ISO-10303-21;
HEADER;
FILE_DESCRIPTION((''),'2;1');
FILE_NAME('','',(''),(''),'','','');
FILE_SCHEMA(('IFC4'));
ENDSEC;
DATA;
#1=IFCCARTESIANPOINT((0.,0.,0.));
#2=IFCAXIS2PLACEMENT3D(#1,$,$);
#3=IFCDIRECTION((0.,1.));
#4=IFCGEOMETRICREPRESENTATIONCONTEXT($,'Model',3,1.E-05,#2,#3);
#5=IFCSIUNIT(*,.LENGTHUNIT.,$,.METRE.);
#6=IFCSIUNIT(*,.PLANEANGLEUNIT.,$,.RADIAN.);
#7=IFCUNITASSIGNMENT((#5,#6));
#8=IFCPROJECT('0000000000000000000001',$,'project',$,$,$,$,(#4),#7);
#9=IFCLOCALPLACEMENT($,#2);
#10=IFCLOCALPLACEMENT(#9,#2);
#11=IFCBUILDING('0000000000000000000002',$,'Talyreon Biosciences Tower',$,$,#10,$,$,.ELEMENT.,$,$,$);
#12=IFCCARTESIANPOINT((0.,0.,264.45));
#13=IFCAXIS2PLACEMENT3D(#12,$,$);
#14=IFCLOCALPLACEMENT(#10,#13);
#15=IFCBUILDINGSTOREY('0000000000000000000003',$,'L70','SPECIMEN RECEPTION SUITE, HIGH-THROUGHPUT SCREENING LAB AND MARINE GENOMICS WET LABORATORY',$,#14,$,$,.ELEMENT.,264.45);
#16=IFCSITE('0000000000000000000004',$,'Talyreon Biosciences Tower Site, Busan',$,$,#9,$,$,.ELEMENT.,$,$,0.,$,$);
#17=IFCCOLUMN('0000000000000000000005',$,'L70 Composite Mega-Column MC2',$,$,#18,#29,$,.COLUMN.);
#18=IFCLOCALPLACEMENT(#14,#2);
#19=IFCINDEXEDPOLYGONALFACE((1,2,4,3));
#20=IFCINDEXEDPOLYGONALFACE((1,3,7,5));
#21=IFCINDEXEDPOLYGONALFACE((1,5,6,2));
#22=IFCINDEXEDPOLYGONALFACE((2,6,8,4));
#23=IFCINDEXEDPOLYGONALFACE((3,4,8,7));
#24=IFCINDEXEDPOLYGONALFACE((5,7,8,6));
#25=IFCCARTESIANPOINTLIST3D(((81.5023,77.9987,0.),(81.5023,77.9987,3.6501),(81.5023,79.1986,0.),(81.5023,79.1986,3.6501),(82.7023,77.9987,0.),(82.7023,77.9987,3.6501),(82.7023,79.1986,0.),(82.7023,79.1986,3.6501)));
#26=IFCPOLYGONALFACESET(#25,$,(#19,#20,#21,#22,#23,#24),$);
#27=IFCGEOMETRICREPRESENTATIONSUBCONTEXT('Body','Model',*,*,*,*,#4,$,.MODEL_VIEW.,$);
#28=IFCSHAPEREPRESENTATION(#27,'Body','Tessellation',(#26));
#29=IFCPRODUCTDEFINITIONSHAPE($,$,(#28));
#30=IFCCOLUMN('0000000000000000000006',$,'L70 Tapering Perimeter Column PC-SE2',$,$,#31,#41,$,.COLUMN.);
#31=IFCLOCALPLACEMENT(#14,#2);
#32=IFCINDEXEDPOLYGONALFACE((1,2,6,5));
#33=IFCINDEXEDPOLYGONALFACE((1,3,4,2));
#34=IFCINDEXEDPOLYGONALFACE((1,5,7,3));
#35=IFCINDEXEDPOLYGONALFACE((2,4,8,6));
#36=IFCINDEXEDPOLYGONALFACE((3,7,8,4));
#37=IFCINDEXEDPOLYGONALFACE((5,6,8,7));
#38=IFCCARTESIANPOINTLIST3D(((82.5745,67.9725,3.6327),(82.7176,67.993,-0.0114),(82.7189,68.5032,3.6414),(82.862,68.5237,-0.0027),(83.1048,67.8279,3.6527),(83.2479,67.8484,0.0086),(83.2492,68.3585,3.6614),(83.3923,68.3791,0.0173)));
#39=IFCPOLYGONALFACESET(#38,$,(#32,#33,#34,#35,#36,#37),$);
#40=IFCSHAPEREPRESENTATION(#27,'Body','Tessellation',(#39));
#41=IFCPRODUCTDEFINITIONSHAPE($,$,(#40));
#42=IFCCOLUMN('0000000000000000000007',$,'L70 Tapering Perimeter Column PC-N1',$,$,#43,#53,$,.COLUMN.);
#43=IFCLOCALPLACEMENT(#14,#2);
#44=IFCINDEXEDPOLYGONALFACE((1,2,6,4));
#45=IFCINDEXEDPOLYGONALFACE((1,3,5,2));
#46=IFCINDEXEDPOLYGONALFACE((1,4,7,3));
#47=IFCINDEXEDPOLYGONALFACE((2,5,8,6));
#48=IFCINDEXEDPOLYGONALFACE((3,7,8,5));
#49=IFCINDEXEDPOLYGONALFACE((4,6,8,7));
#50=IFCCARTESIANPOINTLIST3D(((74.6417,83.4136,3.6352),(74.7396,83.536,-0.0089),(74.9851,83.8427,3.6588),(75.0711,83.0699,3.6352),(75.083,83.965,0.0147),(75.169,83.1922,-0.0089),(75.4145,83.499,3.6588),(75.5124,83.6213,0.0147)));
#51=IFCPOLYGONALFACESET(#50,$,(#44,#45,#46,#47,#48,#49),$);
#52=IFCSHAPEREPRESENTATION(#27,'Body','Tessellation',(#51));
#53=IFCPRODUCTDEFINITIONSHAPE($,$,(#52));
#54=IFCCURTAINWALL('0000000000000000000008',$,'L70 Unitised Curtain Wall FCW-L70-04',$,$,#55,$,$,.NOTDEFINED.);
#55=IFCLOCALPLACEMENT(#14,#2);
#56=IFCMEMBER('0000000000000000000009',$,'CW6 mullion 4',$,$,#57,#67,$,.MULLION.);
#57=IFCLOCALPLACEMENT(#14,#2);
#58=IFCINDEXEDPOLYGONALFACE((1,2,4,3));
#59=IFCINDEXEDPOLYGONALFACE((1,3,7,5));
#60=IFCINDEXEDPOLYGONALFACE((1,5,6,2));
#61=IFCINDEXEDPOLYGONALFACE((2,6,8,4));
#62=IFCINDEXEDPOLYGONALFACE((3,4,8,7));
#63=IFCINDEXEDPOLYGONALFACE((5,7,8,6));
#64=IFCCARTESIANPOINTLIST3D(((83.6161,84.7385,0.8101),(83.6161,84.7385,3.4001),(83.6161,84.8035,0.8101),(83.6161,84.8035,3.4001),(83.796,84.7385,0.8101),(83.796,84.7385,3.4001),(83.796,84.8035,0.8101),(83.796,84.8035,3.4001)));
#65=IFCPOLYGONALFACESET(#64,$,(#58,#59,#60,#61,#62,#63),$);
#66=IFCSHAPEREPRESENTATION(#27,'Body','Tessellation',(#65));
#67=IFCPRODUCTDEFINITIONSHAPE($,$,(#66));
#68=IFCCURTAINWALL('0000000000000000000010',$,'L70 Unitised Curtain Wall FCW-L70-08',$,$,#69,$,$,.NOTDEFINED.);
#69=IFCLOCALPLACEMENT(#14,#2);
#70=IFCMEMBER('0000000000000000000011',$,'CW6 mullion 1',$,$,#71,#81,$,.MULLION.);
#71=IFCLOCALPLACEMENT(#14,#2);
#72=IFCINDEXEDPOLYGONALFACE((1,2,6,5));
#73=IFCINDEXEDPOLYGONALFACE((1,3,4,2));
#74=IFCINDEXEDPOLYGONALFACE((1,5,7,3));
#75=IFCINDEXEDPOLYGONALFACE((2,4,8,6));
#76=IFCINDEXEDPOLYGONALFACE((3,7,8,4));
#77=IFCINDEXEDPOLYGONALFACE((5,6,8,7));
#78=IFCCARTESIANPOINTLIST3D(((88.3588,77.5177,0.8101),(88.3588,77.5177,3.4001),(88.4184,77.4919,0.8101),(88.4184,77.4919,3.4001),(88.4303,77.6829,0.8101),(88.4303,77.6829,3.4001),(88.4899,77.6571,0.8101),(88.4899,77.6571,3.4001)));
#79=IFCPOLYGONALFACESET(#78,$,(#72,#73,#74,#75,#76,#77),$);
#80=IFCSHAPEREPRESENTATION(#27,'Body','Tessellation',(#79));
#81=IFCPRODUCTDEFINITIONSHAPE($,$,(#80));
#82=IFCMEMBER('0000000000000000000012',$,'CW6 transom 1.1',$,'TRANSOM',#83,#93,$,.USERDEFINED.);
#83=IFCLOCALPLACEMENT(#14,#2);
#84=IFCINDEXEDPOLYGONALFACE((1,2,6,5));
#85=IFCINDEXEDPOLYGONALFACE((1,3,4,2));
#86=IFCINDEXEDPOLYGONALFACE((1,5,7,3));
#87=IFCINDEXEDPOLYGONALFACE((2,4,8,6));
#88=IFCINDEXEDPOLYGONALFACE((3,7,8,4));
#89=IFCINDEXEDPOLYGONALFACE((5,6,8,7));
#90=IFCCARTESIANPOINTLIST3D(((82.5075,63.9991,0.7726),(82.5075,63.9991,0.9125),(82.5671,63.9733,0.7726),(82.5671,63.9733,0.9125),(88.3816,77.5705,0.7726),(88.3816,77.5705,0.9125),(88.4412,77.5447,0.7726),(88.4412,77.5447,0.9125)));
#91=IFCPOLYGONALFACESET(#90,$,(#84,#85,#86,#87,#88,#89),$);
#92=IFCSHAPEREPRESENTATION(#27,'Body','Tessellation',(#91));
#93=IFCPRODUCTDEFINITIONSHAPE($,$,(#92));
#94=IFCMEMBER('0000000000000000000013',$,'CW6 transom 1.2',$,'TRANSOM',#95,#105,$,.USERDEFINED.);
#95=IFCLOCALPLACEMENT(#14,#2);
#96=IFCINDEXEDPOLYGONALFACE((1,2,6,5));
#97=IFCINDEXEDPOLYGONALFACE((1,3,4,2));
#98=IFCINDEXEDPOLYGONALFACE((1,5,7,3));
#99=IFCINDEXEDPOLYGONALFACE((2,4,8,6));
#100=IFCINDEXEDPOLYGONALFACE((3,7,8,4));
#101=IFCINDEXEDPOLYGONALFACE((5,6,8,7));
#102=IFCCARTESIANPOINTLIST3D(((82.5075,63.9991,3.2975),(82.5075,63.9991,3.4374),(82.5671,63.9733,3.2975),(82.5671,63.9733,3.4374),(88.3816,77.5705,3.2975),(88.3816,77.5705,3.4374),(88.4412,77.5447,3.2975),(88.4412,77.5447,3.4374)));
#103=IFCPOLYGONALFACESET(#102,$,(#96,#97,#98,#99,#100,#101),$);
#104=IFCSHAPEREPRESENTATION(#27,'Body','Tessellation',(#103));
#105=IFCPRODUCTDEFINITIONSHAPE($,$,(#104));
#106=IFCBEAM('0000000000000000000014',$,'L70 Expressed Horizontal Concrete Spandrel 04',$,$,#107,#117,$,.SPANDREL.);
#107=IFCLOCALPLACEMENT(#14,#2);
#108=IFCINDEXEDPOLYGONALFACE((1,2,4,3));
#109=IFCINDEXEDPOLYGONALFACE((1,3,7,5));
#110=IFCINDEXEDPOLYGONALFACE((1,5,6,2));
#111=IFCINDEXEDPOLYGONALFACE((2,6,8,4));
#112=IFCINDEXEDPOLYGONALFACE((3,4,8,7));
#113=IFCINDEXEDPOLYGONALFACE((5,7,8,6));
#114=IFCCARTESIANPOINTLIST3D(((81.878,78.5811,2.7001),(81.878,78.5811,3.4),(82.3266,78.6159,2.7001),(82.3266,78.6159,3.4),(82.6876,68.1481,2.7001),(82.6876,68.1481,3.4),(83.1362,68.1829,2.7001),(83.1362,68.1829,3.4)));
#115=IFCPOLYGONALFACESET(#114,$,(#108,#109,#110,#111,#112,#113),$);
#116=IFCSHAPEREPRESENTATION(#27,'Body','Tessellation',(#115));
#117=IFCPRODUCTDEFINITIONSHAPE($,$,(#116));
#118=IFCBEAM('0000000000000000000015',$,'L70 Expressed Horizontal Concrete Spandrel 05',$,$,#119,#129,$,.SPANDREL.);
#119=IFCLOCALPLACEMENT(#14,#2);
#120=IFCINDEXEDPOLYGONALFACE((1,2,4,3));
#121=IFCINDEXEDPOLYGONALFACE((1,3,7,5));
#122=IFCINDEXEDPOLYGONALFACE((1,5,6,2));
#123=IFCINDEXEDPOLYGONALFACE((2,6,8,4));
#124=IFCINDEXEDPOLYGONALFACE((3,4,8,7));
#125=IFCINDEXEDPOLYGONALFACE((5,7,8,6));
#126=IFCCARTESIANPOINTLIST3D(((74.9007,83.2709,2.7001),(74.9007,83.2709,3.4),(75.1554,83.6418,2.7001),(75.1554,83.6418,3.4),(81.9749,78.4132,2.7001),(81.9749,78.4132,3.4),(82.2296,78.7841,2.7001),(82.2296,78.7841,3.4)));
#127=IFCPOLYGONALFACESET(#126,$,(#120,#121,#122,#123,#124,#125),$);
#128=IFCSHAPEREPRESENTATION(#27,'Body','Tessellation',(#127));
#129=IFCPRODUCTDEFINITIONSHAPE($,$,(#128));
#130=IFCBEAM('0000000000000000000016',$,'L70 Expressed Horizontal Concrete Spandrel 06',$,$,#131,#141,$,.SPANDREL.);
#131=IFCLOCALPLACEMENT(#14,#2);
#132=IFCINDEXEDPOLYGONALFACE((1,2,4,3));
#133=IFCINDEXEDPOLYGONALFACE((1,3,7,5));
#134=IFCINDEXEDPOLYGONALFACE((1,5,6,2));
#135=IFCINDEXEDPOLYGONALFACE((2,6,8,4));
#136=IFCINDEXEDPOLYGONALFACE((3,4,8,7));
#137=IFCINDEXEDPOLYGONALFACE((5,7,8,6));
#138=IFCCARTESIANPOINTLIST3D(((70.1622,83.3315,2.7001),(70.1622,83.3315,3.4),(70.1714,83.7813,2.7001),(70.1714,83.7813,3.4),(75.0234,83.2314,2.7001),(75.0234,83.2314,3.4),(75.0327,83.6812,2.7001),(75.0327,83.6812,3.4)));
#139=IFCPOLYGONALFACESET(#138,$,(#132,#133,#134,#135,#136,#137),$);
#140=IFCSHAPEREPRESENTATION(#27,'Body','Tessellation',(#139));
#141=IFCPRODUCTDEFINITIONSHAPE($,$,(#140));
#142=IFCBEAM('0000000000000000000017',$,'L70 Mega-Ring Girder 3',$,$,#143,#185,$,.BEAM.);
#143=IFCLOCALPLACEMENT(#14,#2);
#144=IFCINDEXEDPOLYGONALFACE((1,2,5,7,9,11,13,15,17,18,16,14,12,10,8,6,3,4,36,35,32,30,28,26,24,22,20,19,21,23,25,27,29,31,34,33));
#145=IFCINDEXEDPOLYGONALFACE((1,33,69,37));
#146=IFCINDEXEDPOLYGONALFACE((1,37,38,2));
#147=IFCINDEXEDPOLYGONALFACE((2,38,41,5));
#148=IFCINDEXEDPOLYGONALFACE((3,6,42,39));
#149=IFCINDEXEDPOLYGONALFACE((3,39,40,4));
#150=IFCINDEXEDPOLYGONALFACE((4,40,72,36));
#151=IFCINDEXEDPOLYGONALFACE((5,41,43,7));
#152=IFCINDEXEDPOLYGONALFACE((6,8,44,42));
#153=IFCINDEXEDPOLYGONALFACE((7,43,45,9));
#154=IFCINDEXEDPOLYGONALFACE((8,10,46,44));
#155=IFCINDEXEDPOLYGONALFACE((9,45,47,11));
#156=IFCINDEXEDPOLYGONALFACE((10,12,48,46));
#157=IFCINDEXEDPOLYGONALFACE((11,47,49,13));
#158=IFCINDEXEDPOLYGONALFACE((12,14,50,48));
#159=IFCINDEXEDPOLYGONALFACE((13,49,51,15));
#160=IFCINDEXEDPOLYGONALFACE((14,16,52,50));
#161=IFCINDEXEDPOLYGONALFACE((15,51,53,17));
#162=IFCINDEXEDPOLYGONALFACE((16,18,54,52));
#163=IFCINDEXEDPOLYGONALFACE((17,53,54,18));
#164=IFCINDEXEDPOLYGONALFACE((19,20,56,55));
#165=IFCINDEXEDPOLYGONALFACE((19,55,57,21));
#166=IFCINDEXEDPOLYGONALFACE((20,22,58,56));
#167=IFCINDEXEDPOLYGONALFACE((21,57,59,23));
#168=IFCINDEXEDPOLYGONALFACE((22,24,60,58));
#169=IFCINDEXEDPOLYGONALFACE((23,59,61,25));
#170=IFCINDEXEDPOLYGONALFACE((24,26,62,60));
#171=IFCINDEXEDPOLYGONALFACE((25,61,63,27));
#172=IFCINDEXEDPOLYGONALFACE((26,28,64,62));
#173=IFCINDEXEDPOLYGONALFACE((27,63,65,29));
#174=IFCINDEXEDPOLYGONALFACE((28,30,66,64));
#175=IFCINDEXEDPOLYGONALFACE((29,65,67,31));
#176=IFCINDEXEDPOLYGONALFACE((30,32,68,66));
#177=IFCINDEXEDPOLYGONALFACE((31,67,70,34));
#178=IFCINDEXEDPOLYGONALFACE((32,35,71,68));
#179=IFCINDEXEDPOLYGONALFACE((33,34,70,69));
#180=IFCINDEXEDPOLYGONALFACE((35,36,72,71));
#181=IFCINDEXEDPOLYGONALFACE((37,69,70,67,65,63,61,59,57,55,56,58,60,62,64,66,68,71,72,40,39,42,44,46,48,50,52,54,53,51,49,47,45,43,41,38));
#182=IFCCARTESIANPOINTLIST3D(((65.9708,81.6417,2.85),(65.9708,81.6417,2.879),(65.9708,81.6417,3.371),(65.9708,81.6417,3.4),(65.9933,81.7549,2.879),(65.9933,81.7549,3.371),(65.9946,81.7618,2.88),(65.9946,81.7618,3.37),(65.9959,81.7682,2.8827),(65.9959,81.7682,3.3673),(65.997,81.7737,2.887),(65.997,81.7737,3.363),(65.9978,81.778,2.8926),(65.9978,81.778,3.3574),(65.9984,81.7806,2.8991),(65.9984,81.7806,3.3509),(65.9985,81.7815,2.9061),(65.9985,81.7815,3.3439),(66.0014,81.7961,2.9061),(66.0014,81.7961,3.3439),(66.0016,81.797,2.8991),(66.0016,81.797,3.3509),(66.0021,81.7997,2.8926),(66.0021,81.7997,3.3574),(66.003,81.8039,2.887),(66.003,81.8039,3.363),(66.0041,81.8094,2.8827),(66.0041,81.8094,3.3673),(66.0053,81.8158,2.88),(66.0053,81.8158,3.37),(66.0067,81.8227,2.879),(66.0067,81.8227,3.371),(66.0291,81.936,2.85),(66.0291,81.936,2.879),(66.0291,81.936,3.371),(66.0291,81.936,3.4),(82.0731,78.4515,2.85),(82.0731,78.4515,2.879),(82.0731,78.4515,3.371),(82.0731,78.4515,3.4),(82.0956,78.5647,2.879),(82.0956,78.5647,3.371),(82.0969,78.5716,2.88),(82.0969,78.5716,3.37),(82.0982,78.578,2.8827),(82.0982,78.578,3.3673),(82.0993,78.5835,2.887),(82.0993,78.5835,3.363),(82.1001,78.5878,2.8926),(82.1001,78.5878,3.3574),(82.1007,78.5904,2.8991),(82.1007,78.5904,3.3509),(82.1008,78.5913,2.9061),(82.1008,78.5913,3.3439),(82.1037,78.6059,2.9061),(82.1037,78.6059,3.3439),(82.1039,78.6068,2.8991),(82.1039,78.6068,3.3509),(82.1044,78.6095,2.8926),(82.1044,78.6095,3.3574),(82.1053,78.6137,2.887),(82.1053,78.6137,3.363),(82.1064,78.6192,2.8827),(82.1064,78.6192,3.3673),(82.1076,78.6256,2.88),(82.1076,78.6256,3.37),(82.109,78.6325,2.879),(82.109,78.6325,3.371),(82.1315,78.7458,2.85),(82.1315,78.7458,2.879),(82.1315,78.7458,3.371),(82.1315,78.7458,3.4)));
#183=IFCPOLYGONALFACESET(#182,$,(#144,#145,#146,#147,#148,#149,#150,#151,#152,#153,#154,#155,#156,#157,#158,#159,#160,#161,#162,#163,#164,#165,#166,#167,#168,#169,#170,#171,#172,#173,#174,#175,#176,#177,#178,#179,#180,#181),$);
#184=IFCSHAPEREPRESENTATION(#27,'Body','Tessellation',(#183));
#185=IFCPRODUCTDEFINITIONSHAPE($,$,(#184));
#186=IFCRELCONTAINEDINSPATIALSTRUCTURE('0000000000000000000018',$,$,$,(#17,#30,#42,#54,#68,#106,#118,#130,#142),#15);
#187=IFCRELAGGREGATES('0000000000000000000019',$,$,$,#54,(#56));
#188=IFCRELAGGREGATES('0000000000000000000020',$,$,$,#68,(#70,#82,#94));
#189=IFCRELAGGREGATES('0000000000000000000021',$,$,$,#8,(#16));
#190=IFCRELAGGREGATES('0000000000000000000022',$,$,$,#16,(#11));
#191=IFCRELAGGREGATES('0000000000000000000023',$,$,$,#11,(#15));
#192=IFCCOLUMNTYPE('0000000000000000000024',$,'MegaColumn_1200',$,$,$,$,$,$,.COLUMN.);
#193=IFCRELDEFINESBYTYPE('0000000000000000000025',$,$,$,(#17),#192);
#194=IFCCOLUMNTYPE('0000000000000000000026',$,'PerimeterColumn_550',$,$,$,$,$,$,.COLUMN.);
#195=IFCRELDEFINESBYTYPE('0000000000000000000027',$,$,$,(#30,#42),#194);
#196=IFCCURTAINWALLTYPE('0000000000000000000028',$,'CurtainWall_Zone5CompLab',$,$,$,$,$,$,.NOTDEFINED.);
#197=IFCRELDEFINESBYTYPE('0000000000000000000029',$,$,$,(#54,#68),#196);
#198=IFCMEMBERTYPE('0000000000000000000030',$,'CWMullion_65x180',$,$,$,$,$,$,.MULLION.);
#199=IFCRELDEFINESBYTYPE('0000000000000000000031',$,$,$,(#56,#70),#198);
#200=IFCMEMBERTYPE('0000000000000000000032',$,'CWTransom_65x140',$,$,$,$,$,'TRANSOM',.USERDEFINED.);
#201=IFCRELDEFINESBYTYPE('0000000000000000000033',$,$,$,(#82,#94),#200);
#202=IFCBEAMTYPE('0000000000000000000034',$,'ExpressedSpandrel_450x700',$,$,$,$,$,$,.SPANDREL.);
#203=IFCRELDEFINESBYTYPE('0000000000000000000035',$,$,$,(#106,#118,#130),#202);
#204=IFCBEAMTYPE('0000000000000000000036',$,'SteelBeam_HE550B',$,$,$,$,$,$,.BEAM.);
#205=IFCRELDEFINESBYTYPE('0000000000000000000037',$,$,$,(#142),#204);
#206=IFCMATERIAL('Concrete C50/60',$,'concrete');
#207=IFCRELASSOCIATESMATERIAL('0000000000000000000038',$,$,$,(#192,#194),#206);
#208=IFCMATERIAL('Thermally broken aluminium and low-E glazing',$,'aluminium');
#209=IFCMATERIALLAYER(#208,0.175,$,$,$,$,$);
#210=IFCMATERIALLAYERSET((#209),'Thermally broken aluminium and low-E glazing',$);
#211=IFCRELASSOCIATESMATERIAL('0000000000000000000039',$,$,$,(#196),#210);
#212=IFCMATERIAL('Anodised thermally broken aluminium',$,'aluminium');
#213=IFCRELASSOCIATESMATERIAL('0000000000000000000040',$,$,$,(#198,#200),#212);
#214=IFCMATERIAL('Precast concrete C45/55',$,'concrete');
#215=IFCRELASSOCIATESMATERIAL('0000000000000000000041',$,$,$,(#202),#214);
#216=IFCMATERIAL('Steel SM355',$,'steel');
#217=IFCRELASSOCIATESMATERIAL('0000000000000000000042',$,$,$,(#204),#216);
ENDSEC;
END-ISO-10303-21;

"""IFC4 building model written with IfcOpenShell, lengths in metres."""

from ifc_helpers import new_model, si_unit, direction, frame, origin, origin_2d, place, context, subcontext, project, spatial, rectangle, i_section, extrude, material, layer, layer_set, material_profile, profile_set, type_object, element, aggregate, save


model = new_model("IFC4")

# Units and contexts
model_context = context("Model", 3, precision=1e-05, world=origin(), true_north=direction((0.0, 1.0)))
body_context = subcontext(model_context, "Body", "Model", "MODEL_VIEW")
ifc_project = project(units=[si_unit("LENGTHUNIT", "METRE"), si_unit("PLANEANGLEUNIT", "RADIAN")], contexts=[model_context])

# Site, building, storey
site_placement = place(None, origin())
site = spatial("IfcSite", under=ifc_project, at=site_placement, Name="Talyreon Biosciences Tower Site, Busan", CompositionType="ELEMENT", RefElevation=0.0)
building_placement = place(site_placement, origin())
building = spatial("IfcBuilding", under=site, at=building_placement, Name="Talyreon Biosciences Tower", CompositionType="ELEMENT")
storey_placement = place(building_placement, frame((0.0, 0.0, 264.45)))
storey = spatial("IfcBuildingStorey", under=building, at=storey_placement, Name="L70", Description="SPECIMEN RECEPTION SUITE, HIGH-THROUGHPUT SCREENING LAB AND MARINE GENOMICS WET LABORATORY", CompositionType="ELEMENT", Elevation=264.45)

# Columns
ifc_material_1 = material(Name="Concrete C50/60", Category="concrete")
ifc_material_profile_1 = material_profile(ifc_material_1, rectangle(XDim=1.2, YDim=1.2, at=origin_2d()), Name="RC 1200x1200")
ifc_profile_set_1 = profile_set([ifc_material_profile_1], Name="Concrete C50/60")
column_type_1 = type_object("IfcColumnType", Name="MegaColumn_1200", PredefinedType="COLUMN", material=ifc_profile_set_1)
column_1_placement = place(storey_placement, frame((82.1023, 78.5986, 0.0), z_axis=(0.0, 0.0, 1.0), x_axis=(1.0, 0.0, 0.0)))
element("IfcColumn", 1, at=column_1_placement, inside=storey, type_object=column_type_1, Name="L70 Composite Mega-Column MC2", PredefinedType="COLUMN", context=body_context, shape_type="SweptSolid", body=[
    extrude(rectangle(XDim=1.2, YDim=1.2, at=origin_2d()), origin(), (0.0, 0.0, 1.0), 3.6501),
])
ifc_material_profile_2 = material_profile(ifc_material_1, rectangle(XDim=0.55, YDim=0.55, at=origin_2d()), Name="RC 550x550")
ifc_profile_set_2 = profile_set([ifc_material_profile_2], Name="Concrete C50/60")
column_type_2 = type_object("IfcColumnType", Name="PerimeterColumn_550", PredefinedType="COLUMN", material=ifc_profile_set_2)
column_2_placement = place(storey_placement, frame((83.0549, 68.186, 0.0029), z_axis=(-0.03923, -0.005623, 0.999214), x_axis=(0.964117, -0.262974, 0.036372)))
element("IfcColumn", 2, at=column_2_placement, inside=storey, type_object=column_type_2, Name="L70 Tapering Perimeter Column PC-SE2", PredefinedType="COLUMN", context=body_context, shape_type="SweptSolid", body=[
    extrude(rectangle(XDim=0.55, YDim=0.55, at=origin_2d()), origin(), (0.0, 0.0, 1.0), 3.647),
])
column_3_placement = place(storey_placement, frame((75.126, 83.5786, 0.0029), z_axis=(-0.026841, -0.033535, 0.999077), x_axis=(-0.780717, 0.624885, 0.0)))
element("IfcColumn", 3, at=column_3_placement, inside=storey, type_object=column_type_2, Name="L70 Tapering Perimeter Column PC-N1", PredefinedType="COLUMN", context=body_context, shape_type="SweptSolid", body=[
    extrude(rectangle(XDim=0.55, YDim=0.55, at=origin_2d()), origin(), (0.0, 0.0, 1.0), 3.6475),
])

# Curtain wall, member
ifc_material_2 = material(Name="Thermally broken aluminium and low-E glazing", Category="aluminium")
ifc_layer_1 = layer(ifc_material_2, 0.175)
ifc_layer_set_1 = layer_set([ifc_layer_1], Name="Thermally broken aluminium and low-E glazing")
curtain_wall_type = type_object("IfcCurtainWallType", Name="CurtainWall_Zone5CompLab", PredefinedType="NOTDEFINED", material=ifc_layer_set_1)
curtain_wall_1_placement = place(storey_placement, origin())
curtain_wall_1 = element("IfcCurtainWall", 4, at=curtain_wall_1_placement, inside=storey, type_object=curtain_wall_type, Name="L70 Unitised Curtain Wall FCW-L70-04", PredefinedType="NOTDEFINED")
ifc_material_3 = material(Name="Anodised thermally broken aluminium", Category="aluminium")
ifc_material_profile_3 = material_profile(ifc_material_3, rectangle(XDim=0.0649, YDim=0.1799, at=origin_2d()), Name="ALUM MULLION 65x180")
ifc_profile_set_3 = profile_set([ifc_material_profile_3], Name="Anodised thermally broken aluminium")
member_type_1 = type_object("IfcMemberType", Name="CWMullion_65x180", PredefinedType="MULLION", material=ifc_profile_set_3)
member_1_placement = place(storey_placement, frame((83.7061, 84.771, 0.8101), z_axis=(0.0, 0.0, 1.0), x_axis=(0.0, 1.0, 0.0)))
member_1 = element("IfcMember", 5, at=member_1_placement, type_object=member_type_1, Name="CW6 mullion 4", PredefinedType="MULLION", context=body_context, shape_type="SweptSolid", body=[
    extrude(rectangle(XDim=0.0649, YDim=0.1799, at=origin_2d()), origin(), (0.0, 0.0, 1.0), 2.5901),
])

# Curtain wall, members
curtain_wall_2_placement = place(storey_placement, origin())
curtain_wall_2 = element("IfcCurtainWall", 6, at=curtain_wall_2_placement, inside=storey, type_object=curtain_wall_type, Name="L70 Unitised Curtain Wall FCW-L70-08", PredefinedType="NOTDEFINED")
member_2_placement = place(storey_placement, frame((88.4243, 77.5874, 0.8101), z_axis=(0.0, 0.0, 1.0), x_axis=(0.917723, -0.397221, 0.0)))
member_2 = element("IfcMember", 7, at=member_2_placement, type_object=member_type_1, Name="CW6 mullion 1", PredefinedType="MULLION", context=body_context, shape_type="SweptSolid", body=[
    extrude(rectangle(XDim=0.0649, YDim=0.1799, at=origin_2d()), origin(), (0.0, 0.0, 1.0), 2.5901),
])
ifc_material_profile_4 = material_profile(ifc_material_3, rectangle(XDim=0.0649, YDim=0.1399, at=origin_2d()), Name="ALUM TRANSOM 65x140")
ifc_profile_set_4 = profile_set([ifc_material_profile_4], Name="Anodised thermally broken aluminium")
member_type_2 = type_object("IfcMemberType", Name="CWTransom_65x140", ElementType="TRANSOM", PredefinedType="USERDEFINED", material=ifc_profile_set_4)
member_3_placement = place(storey_placement, frame((88.4114, 77.5576, 0.8425), z_axis=(-0.397216, -0.917725, 0.0), x_axis=(0.917725, -0.397216, 0.0)))
member_3 = element("IfcMember", 8, at=member_3_placement, type_object=member_type_2, Name="CW6 transom 1.1", ObjectType="TRANSOM", PredefinedType="USERDEFINED", context=body_context, shape_type="SweptSolid", body=[
    extrude(rectangle(XDim=0.0649, YDim=0.1399, at=origin_2d()), origin(), (0.0, 0.0, 1.0), 14.7881),
])
member_4_placement = place(storey_placement, frame((88.4114, 77.5576, 3.3674), z_axis=(-0.397216, -0.917725, 0.0), x_axis=(0.917725, -0.397216, 0.0)))
member_4 = element("IfcMember", 9, at=member_4_placement, type_object=member_type_2, Name="CW6 transom 1.2", ObjectType="TRANSOM", PredefinedType="USERDEFINED", context=body_context, shape_type="SweptSolid", body=[
    extrude(rectangle(XDim=0.0649, YDim=0.1399, at=origin_2d()), origin(), (0.0, 0.0, 1.0), 14.7881),
])

# Beams
ifc_material_4 = material(Name="Precast concrete C45/55", Category="concrete")
ifc_material_profile_5 = material_profile(ifc_material_4, rectangle(XDim=0.45, YDim=0.7, at=origin_2d()), Name="RCB 450x700")
ifc_profile_set_5 = profile_set([ifc_material_profile_5], Name="Precast concrete C45/55")
beam_type_1 = type_object("IfcBeamType", Name="ExpressedSpandrel_450x700", PredefinedType="SPANDREL", material=ifc_profile_set_5)
beam_1_placement = place(storey_placement, frame((82.9119, 68.1655, 3.05), z_axis=(-0.077364, 0.997003, 0.0), x_axis=(-0.997003, -0.077364, 0.0)))
element("IfcBeam", 10, at=beam_1_placement, inside=storey, type_object=beam_type_1, Name="L70 Expressed Horizontal Concrete Spandrel 04", PredefinedType="SPANDREL", context=body_context, shape_type="SweptSolid", body=[
    extrude(rectangle(XDim=0.45, YDim=0.7, at=origin_2d()), origin(), (0.0, 0.0, 1.0), 10.4644),
])
beam_2_placement = place(storey_placement, frame((82.1023, 78.5986, 3.05), z_axis=(-0.824361, 0.566065, 0.0), x_axis=(-0.566065, -0.824361, 0.0)))
element("IfcBeam", 11, at=beam_2_placement, inside=storey, type_object=beam_type_1, Name="L70 Expressed Horizontal Concrete Spandrel 05", PredefinedType="SPANDREL", context=body_context, shape_type="SweptSolid", body=[
    extrude(rectangle(XDim=0.45, YDim=0.7, at=origin_2d()), origin(), (0.0, 0.0, 1.0), 8.5815),
])
beam_3_placement = place(storey_placement, frame((75.0281, 83.4563, 3.05), z_axis=(-0.999788, 0.020586, 0.0), x_axis=(-0.020586, -0.999788, 0.0)))
element("IfcBeam", 12, at=beam_3_placement, inside=storey, type_object=beam_type_1, Name="L70 Expressed Horizontal Concrete Spandrel 06", PredefinedType="SPANDREL", context=body_context, shape_type="SweptSolid", body=[
    extrude(rectangle(XDim=0.45, YDim=0.7, at=origin_2d()), origin(), (0.0, 0.0, 1.0), 4.8623),
])
ifc_material_5 = material(Name="Steel SM355", Category="steel")
ifc_material_profile_6 = material_profile(ifc_material_5, i_section(OverallWidth=0.3, OverallDepth=0.55, WebThickness=0.0149, FlangeThickness=0.0291, FilletRadius=0.0271, at=origin_2d()), Name="HE550B")
ifc_profile_set_6 = profile_set([ifc_material_profile_6], Name="Steel SM355")
beam_type_2 = type_object("IfcBeamType", Name="SteelBeam_HE550B", PredefinedType="BEAM", material=ifc_profile_set_6)
beam_4_placement = place(storey_placement, frame((82.1023, 78.5986, 3.125), z_axis=(-0.980934, 0.194343, 0.0), x_axis=(-0.194343, -0.980934, 0.0)))
element("IfcBeam", 13, at=beam_4_placement, inside=storey, type_object=beam_type_2, Name="L70 Mega-Ring Girder 3", PredefinedType="BEAM", context=body_context, shape_type="SweptSolid", body=[
    extrude(i_section(OverallWidth=0.3, OverallDepth=0.55, WebThickness=0.0149, FlangeThickness=0.0291, FilletRadius=0.0271, at=origin_2d()), origin(), (0.0, 0.0, 1.0), 16.4153),
])

aggregate(curtain_wall_1, [member_1])
aggregate(curtain_wall_2, [member_2, member_3, member_4])

save(model, "model.ifc")
